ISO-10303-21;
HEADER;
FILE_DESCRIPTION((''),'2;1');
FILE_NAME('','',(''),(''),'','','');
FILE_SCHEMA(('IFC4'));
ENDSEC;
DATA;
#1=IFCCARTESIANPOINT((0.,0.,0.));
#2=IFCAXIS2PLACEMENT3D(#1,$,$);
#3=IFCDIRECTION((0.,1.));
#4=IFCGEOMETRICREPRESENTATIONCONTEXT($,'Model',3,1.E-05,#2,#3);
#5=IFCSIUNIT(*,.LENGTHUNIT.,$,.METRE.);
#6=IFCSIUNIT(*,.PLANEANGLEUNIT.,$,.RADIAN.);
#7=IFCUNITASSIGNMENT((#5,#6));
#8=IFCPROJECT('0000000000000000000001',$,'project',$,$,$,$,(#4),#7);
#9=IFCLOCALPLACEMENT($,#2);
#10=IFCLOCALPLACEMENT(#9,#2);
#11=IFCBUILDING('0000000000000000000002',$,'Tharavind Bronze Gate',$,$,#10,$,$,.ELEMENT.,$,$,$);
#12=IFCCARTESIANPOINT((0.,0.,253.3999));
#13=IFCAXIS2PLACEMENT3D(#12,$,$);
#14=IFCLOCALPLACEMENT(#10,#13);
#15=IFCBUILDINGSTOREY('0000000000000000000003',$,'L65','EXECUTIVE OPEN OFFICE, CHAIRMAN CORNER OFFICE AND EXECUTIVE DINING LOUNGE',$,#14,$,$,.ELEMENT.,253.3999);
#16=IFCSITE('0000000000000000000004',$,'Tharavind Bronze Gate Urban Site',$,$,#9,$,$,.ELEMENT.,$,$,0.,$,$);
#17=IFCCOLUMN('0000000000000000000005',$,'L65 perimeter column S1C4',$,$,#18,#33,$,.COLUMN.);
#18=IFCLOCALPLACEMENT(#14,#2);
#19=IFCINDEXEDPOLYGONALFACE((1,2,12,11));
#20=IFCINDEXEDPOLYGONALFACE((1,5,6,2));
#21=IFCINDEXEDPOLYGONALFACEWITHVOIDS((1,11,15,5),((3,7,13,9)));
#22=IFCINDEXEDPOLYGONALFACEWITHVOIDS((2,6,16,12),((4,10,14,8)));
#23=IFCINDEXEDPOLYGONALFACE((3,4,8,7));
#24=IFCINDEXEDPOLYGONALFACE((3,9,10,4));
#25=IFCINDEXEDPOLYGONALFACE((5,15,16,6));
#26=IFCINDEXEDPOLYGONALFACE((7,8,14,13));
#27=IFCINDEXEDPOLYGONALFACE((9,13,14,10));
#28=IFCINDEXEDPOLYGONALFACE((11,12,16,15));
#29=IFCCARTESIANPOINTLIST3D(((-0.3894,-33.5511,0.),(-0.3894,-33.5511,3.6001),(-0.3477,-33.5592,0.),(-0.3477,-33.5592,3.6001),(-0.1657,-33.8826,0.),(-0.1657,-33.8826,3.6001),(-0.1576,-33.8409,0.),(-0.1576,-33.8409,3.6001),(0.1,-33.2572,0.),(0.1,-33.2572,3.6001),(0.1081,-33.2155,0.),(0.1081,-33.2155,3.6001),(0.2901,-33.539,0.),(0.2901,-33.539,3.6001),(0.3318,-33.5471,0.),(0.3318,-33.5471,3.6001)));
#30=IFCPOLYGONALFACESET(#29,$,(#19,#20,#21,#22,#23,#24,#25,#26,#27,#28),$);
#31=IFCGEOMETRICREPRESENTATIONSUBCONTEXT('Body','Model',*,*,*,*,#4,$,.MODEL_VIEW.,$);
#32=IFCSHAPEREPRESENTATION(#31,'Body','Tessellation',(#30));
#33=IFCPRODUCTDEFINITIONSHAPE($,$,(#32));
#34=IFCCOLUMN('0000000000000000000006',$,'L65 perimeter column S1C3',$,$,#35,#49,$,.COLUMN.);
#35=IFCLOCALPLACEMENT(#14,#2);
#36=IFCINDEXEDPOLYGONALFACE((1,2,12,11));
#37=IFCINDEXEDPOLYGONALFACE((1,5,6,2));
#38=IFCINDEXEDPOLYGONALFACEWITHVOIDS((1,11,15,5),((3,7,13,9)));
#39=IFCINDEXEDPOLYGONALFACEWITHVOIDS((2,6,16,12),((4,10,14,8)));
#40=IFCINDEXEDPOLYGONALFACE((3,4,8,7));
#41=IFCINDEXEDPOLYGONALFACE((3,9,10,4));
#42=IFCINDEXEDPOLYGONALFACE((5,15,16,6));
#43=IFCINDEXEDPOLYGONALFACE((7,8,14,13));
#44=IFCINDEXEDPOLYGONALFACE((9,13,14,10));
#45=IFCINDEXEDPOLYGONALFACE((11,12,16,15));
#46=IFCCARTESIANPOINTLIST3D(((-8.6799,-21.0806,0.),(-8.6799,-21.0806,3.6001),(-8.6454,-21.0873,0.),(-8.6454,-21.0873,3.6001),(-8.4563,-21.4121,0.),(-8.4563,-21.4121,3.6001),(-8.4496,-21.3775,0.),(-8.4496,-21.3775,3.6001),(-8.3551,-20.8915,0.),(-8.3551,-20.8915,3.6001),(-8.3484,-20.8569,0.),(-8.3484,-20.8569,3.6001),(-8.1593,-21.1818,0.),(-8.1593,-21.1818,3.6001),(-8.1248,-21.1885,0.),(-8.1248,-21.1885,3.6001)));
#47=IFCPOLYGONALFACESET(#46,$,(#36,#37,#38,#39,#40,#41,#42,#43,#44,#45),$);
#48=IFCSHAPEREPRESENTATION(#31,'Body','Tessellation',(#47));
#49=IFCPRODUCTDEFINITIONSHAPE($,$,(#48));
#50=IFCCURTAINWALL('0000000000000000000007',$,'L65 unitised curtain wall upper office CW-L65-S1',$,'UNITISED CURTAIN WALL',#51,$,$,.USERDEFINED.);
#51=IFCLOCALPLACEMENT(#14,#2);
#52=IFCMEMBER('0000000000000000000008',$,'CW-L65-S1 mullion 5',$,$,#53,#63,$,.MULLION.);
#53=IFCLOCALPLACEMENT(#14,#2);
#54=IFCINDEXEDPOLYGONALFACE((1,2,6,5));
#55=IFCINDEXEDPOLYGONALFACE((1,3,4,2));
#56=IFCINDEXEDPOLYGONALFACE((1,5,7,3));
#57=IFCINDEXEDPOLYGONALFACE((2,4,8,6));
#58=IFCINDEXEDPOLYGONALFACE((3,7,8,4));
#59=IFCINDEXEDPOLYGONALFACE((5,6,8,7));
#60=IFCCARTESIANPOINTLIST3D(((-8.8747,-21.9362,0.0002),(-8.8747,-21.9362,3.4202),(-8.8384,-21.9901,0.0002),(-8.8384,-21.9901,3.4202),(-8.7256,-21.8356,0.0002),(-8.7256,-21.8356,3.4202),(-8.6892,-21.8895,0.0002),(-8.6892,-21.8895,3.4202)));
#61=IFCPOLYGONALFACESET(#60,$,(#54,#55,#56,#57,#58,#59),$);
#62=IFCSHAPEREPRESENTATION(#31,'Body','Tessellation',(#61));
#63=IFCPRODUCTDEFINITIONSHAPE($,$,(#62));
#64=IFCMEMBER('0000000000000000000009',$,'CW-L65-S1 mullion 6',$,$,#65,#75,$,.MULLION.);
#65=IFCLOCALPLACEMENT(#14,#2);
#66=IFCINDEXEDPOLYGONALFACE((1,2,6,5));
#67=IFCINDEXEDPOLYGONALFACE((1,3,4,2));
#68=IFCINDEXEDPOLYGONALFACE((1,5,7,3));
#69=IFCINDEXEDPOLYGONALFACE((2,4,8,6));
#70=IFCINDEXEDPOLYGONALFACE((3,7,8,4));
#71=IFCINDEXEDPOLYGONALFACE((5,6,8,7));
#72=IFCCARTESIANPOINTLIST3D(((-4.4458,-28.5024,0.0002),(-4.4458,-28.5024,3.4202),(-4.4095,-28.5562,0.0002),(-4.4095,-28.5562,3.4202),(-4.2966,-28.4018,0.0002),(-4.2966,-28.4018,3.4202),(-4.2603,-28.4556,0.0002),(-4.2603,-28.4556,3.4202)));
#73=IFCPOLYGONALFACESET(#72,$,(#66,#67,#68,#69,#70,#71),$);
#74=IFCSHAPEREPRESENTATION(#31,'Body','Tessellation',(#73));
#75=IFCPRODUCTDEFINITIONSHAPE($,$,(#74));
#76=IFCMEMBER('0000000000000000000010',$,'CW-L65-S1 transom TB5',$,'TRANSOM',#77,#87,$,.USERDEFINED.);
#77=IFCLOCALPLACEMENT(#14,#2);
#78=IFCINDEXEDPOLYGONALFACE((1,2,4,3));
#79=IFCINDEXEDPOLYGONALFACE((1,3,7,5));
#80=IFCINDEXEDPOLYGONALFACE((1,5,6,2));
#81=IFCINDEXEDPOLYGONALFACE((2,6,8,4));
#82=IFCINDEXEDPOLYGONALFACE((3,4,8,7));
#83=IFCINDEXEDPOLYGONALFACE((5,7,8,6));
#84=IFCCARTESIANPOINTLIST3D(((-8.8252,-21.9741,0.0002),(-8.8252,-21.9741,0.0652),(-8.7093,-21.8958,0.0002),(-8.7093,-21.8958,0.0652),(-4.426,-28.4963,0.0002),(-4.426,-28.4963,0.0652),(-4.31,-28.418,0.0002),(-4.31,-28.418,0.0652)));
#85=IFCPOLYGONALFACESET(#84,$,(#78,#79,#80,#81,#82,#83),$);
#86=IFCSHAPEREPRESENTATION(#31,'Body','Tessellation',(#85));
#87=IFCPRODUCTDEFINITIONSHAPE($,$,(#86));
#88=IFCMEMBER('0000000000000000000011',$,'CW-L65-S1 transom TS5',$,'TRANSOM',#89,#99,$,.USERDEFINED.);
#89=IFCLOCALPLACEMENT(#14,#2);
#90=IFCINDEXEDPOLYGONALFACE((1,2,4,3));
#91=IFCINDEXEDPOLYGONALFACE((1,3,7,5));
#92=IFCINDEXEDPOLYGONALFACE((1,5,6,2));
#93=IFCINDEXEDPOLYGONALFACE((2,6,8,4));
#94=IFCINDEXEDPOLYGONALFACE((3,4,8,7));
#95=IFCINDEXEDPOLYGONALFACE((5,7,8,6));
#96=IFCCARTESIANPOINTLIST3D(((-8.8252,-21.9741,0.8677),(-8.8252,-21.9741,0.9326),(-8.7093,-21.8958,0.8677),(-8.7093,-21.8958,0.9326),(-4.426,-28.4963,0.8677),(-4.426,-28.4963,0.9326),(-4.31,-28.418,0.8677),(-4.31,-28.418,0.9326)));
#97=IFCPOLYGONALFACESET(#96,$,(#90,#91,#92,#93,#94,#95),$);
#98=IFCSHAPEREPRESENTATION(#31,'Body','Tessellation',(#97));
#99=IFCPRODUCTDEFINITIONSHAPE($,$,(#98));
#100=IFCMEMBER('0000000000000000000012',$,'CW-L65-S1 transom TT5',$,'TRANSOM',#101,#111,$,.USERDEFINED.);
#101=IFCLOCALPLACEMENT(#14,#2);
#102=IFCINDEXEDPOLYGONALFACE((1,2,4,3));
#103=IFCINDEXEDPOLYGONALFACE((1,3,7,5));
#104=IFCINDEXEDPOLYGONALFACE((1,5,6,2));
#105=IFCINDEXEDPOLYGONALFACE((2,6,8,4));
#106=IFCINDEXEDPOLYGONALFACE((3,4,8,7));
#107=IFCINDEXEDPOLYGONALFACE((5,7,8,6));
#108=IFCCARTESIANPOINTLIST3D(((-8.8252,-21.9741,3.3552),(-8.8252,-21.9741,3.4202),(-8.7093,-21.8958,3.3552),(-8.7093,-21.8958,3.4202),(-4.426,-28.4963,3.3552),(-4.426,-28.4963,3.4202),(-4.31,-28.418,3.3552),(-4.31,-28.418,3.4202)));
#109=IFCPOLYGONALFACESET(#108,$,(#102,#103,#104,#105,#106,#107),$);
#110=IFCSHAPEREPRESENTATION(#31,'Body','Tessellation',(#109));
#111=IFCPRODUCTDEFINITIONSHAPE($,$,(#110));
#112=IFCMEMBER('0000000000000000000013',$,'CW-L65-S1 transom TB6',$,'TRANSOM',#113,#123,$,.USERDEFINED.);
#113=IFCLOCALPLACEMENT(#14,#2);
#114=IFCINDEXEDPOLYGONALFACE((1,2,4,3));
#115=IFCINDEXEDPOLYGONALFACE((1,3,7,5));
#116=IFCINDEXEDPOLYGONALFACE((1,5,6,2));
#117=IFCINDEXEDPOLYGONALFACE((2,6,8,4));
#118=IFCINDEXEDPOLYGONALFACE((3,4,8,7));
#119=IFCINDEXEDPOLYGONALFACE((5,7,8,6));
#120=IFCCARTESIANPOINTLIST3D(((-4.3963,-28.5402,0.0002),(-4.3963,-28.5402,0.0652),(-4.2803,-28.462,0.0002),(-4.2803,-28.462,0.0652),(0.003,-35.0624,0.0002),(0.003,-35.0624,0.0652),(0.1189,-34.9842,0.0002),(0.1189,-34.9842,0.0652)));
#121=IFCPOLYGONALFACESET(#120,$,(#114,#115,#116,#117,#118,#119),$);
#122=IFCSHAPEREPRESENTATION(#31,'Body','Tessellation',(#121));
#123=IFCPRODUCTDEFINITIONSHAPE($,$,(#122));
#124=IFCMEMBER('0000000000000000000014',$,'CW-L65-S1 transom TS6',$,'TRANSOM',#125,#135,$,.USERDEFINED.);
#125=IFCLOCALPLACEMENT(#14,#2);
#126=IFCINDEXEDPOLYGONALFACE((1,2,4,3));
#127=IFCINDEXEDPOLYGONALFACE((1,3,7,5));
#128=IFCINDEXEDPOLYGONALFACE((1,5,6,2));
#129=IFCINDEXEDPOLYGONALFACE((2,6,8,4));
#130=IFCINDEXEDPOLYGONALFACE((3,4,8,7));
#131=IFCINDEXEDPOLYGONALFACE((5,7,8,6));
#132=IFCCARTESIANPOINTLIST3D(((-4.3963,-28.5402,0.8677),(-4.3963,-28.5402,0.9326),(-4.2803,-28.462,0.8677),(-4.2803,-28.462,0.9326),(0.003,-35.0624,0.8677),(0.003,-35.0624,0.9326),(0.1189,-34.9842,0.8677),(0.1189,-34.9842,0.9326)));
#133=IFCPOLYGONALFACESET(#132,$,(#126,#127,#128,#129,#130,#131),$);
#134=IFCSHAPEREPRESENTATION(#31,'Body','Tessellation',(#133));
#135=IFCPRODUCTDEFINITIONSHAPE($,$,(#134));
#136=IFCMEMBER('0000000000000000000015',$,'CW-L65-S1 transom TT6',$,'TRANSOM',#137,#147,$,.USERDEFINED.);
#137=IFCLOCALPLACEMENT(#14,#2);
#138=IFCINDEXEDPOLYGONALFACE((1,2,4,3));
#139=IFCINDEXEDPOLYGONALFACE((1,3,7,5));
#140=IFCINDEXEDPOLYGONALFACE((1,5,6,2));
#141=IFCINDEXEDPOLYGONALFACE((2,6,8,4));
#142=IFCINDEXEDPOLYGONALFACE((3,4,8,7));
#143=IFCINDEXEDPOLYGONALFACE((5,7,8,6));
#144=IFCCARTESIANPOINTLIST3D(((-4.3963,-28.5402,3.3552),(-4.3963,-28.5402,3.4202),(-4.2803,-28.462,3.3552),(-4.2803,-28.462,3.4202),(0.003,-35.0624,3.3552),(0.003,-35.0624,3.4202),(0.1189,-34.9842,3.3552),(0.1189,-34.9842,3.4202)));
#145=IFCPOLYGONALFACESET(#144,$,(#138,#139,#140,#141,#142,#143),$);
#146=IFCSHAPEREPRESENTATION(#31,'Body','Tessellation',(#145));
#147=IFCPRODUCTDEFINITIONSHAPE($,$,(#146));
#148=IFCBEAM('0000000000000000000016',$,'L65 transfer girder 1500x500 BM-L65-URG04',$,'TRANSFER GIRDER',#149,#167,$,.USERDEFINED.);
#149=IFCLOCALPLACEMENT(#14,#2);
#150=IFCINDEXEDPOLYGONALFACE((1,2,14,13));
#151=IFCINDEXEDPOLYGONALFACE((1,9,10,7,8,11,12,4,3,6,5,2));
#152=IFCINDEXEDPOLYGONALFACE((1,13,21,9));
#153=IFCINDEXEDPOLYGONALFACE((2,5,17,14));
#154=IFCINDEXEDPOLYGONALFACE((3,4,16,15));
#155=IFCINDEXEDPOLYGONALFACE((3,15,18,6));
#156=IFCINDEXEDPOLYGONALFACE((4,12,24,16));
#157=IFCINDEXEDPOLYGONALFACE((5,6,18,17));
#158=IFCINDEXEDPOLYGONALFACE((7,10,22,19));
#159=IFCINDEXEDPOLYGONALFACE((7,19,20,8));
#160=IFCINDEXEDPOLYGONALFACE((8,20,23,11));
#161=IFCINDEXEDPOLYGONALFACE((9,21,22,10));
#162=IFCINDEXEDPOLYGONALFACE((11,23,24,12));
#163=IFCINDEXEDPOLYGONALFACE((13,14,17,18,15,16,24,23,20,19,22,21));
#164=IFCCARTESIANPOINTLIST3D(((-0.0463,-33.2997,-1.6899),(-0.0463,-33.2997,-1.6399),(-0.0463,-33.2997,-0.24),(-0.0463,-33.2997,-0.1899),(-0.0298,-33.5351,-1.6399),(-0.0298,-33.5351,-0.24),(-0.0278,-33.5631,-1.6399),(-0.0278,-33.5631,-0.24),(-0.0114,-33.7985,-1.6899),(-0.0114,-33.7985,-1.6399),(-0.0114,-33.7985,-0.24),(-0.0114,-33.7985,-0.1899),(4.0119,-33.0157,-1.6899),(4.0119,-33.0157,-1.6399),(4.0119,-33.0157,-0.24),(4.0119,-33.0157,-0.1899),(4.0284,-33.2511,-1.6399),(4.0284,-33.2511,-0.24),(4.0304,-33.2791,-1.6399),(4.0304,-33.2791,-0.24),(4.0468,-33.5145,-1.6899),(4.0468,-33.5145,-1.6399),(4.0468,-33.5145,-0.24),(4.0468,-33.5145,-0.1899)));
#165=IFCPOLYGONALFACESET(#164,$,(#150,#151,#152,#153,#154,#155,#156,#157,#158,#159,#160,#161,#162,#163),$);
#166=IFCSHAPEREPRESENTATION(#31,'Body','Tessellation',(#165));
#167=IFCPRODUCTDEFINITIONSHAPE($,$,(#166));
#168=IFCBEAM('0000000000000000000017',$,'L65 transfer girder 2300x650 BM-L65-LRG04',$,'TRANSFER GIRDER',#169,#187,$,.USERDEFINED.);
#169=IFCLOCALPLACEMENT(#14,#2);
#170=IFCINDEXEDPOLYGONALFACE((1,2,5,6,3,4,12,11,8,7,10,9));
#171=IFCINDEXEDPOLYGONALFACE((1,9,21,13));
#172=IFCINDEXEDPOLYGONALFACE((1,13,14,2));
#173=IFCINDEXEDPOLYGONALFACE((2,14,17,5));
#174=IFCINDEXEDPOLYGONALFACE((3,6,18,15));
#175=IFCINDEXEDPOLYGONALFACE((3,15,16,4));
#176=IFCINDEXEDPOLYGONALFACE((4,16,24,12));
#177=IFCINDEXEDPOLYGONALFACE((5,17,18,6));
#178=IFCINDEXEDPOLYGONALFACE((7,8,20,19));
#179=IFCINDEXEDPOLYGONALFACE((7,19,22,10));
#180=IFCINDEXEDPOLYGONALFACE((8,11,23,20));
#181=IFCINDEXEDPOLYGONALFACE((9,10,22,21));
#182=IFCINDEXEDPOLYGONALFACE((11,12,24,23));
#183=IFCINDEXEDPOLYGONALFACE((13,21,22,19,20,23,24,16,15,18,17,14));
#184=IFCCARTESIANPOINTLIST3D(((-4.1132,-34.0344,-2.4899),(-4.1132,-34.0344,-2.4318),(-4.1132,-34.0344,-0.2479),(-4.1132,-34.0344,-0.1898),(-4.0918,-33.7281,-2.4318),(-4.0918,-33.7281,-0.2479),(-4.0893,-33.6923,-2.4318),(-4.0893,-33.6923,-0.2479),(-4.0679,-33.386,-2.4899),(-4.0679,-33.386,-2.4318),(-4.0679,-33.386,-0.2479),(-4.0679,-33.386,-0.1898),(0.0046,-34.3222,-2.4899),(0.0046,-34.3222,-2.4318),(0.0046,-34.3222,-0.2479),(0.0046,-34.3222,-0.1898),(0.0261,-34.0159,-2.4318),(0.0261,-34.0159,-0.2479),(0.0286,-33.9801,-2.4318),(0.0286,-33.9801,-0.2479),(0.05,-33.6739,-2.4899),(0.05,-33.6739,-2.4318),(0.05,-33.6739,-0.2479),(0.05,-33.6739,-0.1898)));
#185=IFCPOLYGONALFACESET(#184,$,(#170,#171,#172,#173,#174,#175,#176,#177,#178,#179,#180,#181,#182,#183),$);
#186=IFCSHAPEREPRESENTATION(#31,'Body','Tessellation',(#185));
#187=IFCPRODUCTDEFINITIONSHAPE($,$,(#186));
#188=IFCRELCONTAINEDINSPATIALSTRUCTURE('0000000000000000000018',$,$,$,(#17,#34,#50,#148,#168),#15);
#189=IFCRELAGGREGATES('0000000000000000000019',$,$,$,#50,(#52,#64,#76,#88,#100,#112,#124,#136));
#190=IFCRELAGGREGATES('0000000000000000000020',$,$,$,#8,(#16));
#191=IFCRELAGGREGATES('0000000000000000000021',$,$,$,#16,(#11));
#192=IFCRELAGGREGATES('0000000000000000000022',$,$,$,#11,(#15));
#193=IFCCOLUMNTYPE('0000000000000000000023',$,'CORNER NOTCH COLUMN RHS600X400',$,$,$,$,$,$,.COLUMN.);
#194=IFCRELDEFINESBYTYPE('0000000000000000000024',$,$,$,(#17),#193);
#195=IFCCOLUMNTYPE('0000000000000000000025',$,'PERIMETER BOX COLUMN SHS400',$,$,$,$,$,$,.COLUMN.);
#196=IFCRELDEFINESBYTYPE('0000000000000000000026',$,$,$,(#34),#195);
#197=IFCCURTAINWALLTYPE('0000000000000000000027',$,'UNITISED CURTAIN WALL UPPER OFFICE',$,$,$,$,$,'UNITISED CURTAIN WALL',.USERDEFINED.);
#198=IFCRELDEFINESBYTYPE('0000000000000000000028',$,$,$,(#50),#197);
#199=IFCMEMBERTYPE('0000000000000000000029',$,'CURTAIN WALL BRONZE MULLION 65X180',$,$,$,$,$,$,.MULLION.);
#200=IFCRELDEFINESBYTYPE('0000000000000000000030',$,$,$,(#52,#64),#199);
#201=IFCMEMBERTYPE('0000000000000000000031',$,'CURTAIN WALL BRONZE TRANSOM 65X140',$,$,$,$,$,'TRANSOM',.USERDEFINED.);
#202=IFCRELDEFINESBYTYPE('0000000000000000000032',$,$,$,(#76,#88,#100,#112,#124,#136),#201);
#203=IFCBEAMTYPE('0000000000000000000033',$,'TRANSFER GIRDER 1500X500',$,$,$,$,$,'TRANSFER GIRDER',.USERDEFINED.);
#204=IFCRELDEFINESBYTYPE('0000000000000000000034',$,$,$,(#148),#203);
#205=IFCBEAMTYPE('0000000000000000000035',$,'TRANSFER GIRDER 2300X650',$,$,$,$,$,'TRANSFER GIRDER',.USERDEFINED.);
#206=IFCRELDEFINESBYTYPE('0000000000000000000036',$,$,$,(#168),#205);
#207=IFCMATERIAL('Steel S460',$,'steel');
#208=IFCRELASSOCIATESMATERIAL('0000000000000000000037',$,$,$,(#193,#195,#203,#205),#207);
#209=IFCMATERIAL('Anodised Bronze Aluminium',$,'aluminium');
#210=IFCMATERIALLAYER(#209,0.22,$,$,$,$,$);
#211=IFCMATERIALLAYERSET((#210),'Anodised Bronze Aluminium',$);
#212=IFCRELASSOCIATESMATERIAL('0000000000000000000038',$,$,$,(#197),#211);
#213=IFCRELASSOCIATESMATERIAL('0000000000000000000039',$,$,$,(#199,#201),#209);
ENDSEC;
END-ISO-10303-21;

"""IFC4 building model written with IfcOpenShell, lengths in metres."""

from ifc_helpers import new_model, si_unit, direction, frame, origin, origin_2d, place, context, subcontext, project, spatial, rectangle, hollow_rectangle, i_section, extrude, material, layer, layer_set, material_profile, profile_set, type_object, element, aggregate, save


model = new_model("IFC4")

# Units and contexts
model_context = context("Model", 3, precision=1e-05, world=origin(), true_north=direction((0.0, 1.0)))
body_context = subcontext(model_context, "Body", "Model", "MODEL_VIEW")
ifc_project = project(units=[si_unit("LENGTHUNIT", "METRE"), si_unit("PLANEANGLEUNIT", "RADIAN")], contexts=[model_context])

# Site, building, storey
site_placement = place(None, origin())
site = spatial("IfcSite", under=ifc_project, at=site_placement, Name="Tharavind Bronze Gate Urban Site", CompositionType="ELEMENT", RefElevation=0.0)
building_placement = place(site_placement, origin())
building = spatial("IfcBuilding", under=site, at=building_placement, Name="Tharavind Bronze Gate", CompositionType="ELEMENT")
storey_placement = place(building_placement, frame((0.0, 0.0, 253.3999)))
storey = spatial("IfcBuildingStorey", under=building, at=storey_placement, Name="L65", Description="EXECUTIVE OPEN OFFICE, CHAIRMAN CORNER OFFICE AND EXECUTIVE DINING LOUNGE", CompositionType="ELEMENT", Elevation=253.3999)

# Columns
ifc_material_1 = material(Name="Steel S460", Category="steel")
ifc_material_profile_1 = material_profile(ifc_material_1, hollow_rectangle(XDim=0.3999, YDim=0.6001, WallThickness=0.03, at=origin_2d()), Name="RHS600X400X30")
ifc_profile_set_1 = profile_set([ifc_material_profile_1], Name="Steel S460")
column_type_1 = type_object("IfcColumnType", Name="CORNER NOTCH COLUMN RHS600X400", PredefinedType="COLUMN", material=ifc_profile_set_1)
column_1_placement = place(storey_placement, frame((-0.0288, -33.5491, 0.0), z_axis=(0.0, 0.0, 1.0), x_axis=(-0.559193, 0.829038, 0.0)))
element("IfcColumn", 1, at=column_1_placement, inside=storey, type_object=column_type_1, Name="L65 perimeter column S1C4", PredefinedType="COLUMN", context=body_context, shape_type="SweptSolid", body=[
    extrude(hollow_rectangle(XDim=0.3999, YDim=0.6001, WallThickness=0.03, at=origin_2d()), origin(), (0.0, 0.0, 1.0), 3.6001),
])
ifc_material_profile_2 = material_profile(ifc_material_1, hollow_rectangle(XDim=0.3999, YDim=0.3999, WallThickness=0.0249, at=origin_2d()), Name="SHS400X25")
ifc_profile_set_2 = profile_set([ifc_material_profile_2], Name="Steel S460")
column_type_2 = type_object("IfcColumnType", Name="PERIMETER BOX COLUMN SHS400", PredefinedType="COLUMN", material=ifc_profile_set_2)
column_2_placement = place(storey_placement, frame((-8.4023, -21.1345, 0.0), z_axis=(0.0, 0.0, 1.0), x_axis=(-0.559193, 0.829038, 0.0)))
element("IfcColumn", 2, at=column_2_placement, inside=storey, type_object=column_type_2, Name="L65 perimeter column S1C3", PredefinedType="COLUMN", context=body_context, shape_type="SweptSolid", body=[
    extrude(hollow_rectangle(XDim=0.3999, YDim=0.3999, WallThickness=0.0249, at=origin_2d()), origin(), (0.0, 0.0, 1.0), 3.6001),
])

# Curtain wall, members
ifc_material_2 = material(Name="Anodised Bronze Aluminium", Category="aluminium")
ifc_layer_1 = layer(ifc_material_2, 0.22)
ifc_layer_set_1 = layer_set([ifc_layer_1], Name="Anodised Bronze Aluminium")
curtain_wall_type = type_object("IfcCurtainWallType", Name="UNITISED CURTAIN WALL UPPER OFFICE", ElementType="UNITISED CURTAIN WALL", PredefinedType="USERDEFINED", material=ifc_layer_set_1)
curtain_wall_placement = place(storey_placement, origin())
curtain_wall = element("IfcCurtainWall", 3, at=curtain_wall_placement, inside=storey, type_object=curtain_wall_type, Name="L65 unitised curtain wall upper office CW-L65-S1", ObjectType="UNITISED CURTAIN WALL", PredefinedType="USERDEFINED")
member_type_1 = type_object("IfcMemberType", Name="CURTAIN WALL BRONZE MULLION 65X180", PredefinedType="MULLION", material=ifc_material_2)
member_1_placement = place(storey_placement, frame((-8.782, -21.9128, 0.0002), z_axis=(0.0, 0.0, 1.0), x_axis=(0.559191, -0.829039, 0.0)))
member_1 = element("IfcMember", 4, at=member_1_placement, type_object=member_type_1, Name="CW-L65-S1 mullion 5", PredefinedType="MULLION", context=body_context, shape_type="SweptSolid", body=[
    extrude(rectangle(XDim=0.0649, YDim=0.1799, at=origin_2d()), origin(), (0.0, 0.0, 1.0), 3.4199),
])
member_2_placement = place(storey_placement, frame((-4.353, -28.479, 0.0002), z_axis=(0.0, 0.0, 1.0), x_axis=(0.559191, -0.829039, 0.0)))
member_2 = element("IfcMember", 5, at=member_2_placement, type_object=member_type_1, Name="CW-L65-S1 mullion 6", PredefinedType="MULLION", context=body_context, shape_type="SweptSolid", body=[
    extrude(rectangle(XDim=0.0649, YDim=0.1799, at=origin_2d()), origin(), (0.0, 0.0, 1.0), 3.4199),
])
member_type_2 = type_object("IfcMemberType", Name="CURTAIN WALL BRONZE TRANSOM 65X140", ElementType="TRANSOM", PredefinedType="USERDEFINED", material=ifc_material_2)
member_3_placement = place(storey_placement, frame((-6.5676, -25.196, 0.0002), z_axis=(0.0, 0.0, 1.0), x_axis=(0.559191, -0.829039, 0.0)))
member_3 = element("IfcMember", 6, at=member_3_placement, type_object=member_type_2, Name="CW-L65-S1 transom TB5", ObjectType="TRANSOM", PredefinedType="USERDEFINED", context=body_context, shape_type="SweptSolid", body=[
    extrude(rectangle(XDim=7.8672, YDim=0.1399, at=origin_2d()), origin(), (0.0, 0.0, 1.0), 0.0649),
])
member_4_placement = place(storey_placement, frame((-6.5676, -25.196, 0.8677), z_axis=(0.0, 0.0, 1.0), x_axis=(0.559191, -0.829039, 0.0)))
member_4 = element("IfcMember", 7, at=member_4_placement, type_object=member_type_2, Name="CW-L65-S1 transom TS5", ObjectType="TRANSOM", PredefinedType="USERDEFINED", context=body_context, shape_type="SweptSolid", body=[
    extrude(rectangle(XDim=7.8672, YDim=0.1399, at=origin_2d()), origin(), (0.0, 0.0, 1.0), 0.0649),
])
member_5_placement = place(storey_placement, frame((-6.5676, -25.196, 3.3552), z_axis=(0.0, 0.0, 1.0), x_axis=(0.559191, -0.829039, 0.0)))
member_5 = element("IfcMember", 8, at=member_5_placement, type_object=member_type_2, Name="CW-L65-S1 transom TT5", ObjectType="TRANSOM", PredefinedType="USERDEFINED", context=body_context, shape_type="SweptSolid", body=[
    extrude(rectangle(XDim=7.8672, YDim=0.1399, at=origin_2d()), origin(), (0.0, 0.0, 1.0), 0.0649),
])
member_6_placement = place(storey_placement, frame((-2.1387, -31.7622, 0.0002), z_axis=(0.0, 0.0, 1.0), x_axis=(0.559191, -0.829039, 0.0)))
member_6 = element("IfcMember", 9, at=member_6_placement, type_object=member_type_2, Name="CW-L65-S1 transom TB6", ObjectType="TRANSOM", PredefinedType="USERDEFINED", context=body_context, shape_type="SweptSolid", body=[
    extrude(rectangle(XDim=7.8672, YDim=0.1399, at=origin_2d()), origin(), (0.0, 0.0, 1.0), 0.0649),
])
member_7_placement = place(storey_placement, frame((-2.1387, -31.7622, 0.8677), z_axis=(0.0, 0.0, 1.0), x_axis=(0.559191, -0.829039, 0.0)))
member_7 = element("IfcMember", 10, at=member_7_placement, type_object=member_type_2, Name="CW-L65-S1 transom TS6", ObjectType="TRANSOM", PredefinedType="USERDEFINED", context=body_context, shape_type="SweptSolid", body=[
    extrude(rectangle(XDim=7.8672, YDim=0.1399, at=origin_2d()), origin(), (0.0, 0.0, 1.0), 0.0649),
])
member_8_placement = place(storey_placement, frame((-2.1387, -31.7622, 3.3552), z_axis=(0.0, 0.0, 1.0), x_axis=(0.559191, -0.829039, 0.0)))
member_8 = element("IfcMember", 11, at=member_8_placement, type_object=member_type_2, Name="CW-L65-S1 transom TT6", ObjectType="TRANSOM", PredefinedType="USERDEFINED", context=body_context, shape_type="SweptSolid", body=[
    extrude(rectangle(XDim=7.8672, YDim=0.1399, at=origin_2d()), origin(), (0.0, 0.0, 1.0), 0.0649),
])

# Beams
ifc_material_profile_3 = material_profile(ifc_material_1, i_section(OverallWidth=0.5, OverallDepth=1.5, WebThickness=0.0281, FlangeThickness=0.05, at=origin_2d()), Name="PG1500X500")
ifc_profile_set_3 = profile_set([ifc_material_profile_3], Name="Steel S460")
beam_type_1 = type_object("IfcBeamType", Name="TRANSFER GIRDER 1500X500", ElementType="TRANSFER GIRDER", PredefinedType="USERDEFINED", material=ifc_profile_set_3)
beam_1_placement = place(storey_placement, frame((-0.0288, -33.5491, -0.9399), z_axis=(0.997561, 0.069797, 0.0), x_axis=(-0.069797, 0.997561, 0.0)))
element("IfcBeam", 12, at=beam_1_placement, inside=storey, type_object=beam_type_1, Name="L65 transfer girder 1500x500 BM-L65-URG04", ObjectType="TRANSFER GIRDER", PredefinedType="USERDEFINED", context=body_context, shape_type="SweptSolid", body=[
    extrude(i_section(OverallWidth=0.5, OverallDepth=1.5, WebThickness=0.0281, FlangeThickness=0.05, at=origin_2d()), origin(), (0.0, 0.0, 1.0), 4.0681),
])
ifc_material_profile_4 = material_profile(ifc_material_1, i_section(OverallWidth=0.6499, OverallDepth=2.3, WebThickness=0.0359, FlangeThickness=0.0581, at=origin_2d()), Name="PG2300X650")
ifc_profile_set_4 = profile_set([ifc_material_profile_4], Name="Steel S460")
beam_type_2 = type_object("IfcBeamType", Name="TRANSFER GIRDER 2300X650", ElementType="TRANSFER GIRDER", PredefinedType="USERDEFINED", material=ifc_profile_set_4)
beam_2_placement = place(storey_placement, frame((-4.0906, -33.7102, -1.3398), z_axis=(0.997566, -0.06973, 0.0), x_axis=(0.06973, 0.997566, 0.0)))
element("IfcBeam", 13, at=beam_2_placement, inside=storey, type_object=beam_type_2, Name="L65 transfer girder 2300x650 BM-L65-LRG04", ObjectType="TRANSFER GIRDER", PredefinedType="USERDEFINED", context=body_context, shape_type="SweptSolid", body=[
    extrude(i_section(OverallWidth=0.6499, OverallDepth=2.3, WebThickness=0.0359, FlangeThickness=0.0581, at=origin_2d()), origin(), (0.0, 0.0, 1.0), 4.1279),
])

aggregate(curtain_wall, [member_1, member_2, member_3, member_4, member_5, member_6, member_7, member_8])

save(model, "model.ifc")
